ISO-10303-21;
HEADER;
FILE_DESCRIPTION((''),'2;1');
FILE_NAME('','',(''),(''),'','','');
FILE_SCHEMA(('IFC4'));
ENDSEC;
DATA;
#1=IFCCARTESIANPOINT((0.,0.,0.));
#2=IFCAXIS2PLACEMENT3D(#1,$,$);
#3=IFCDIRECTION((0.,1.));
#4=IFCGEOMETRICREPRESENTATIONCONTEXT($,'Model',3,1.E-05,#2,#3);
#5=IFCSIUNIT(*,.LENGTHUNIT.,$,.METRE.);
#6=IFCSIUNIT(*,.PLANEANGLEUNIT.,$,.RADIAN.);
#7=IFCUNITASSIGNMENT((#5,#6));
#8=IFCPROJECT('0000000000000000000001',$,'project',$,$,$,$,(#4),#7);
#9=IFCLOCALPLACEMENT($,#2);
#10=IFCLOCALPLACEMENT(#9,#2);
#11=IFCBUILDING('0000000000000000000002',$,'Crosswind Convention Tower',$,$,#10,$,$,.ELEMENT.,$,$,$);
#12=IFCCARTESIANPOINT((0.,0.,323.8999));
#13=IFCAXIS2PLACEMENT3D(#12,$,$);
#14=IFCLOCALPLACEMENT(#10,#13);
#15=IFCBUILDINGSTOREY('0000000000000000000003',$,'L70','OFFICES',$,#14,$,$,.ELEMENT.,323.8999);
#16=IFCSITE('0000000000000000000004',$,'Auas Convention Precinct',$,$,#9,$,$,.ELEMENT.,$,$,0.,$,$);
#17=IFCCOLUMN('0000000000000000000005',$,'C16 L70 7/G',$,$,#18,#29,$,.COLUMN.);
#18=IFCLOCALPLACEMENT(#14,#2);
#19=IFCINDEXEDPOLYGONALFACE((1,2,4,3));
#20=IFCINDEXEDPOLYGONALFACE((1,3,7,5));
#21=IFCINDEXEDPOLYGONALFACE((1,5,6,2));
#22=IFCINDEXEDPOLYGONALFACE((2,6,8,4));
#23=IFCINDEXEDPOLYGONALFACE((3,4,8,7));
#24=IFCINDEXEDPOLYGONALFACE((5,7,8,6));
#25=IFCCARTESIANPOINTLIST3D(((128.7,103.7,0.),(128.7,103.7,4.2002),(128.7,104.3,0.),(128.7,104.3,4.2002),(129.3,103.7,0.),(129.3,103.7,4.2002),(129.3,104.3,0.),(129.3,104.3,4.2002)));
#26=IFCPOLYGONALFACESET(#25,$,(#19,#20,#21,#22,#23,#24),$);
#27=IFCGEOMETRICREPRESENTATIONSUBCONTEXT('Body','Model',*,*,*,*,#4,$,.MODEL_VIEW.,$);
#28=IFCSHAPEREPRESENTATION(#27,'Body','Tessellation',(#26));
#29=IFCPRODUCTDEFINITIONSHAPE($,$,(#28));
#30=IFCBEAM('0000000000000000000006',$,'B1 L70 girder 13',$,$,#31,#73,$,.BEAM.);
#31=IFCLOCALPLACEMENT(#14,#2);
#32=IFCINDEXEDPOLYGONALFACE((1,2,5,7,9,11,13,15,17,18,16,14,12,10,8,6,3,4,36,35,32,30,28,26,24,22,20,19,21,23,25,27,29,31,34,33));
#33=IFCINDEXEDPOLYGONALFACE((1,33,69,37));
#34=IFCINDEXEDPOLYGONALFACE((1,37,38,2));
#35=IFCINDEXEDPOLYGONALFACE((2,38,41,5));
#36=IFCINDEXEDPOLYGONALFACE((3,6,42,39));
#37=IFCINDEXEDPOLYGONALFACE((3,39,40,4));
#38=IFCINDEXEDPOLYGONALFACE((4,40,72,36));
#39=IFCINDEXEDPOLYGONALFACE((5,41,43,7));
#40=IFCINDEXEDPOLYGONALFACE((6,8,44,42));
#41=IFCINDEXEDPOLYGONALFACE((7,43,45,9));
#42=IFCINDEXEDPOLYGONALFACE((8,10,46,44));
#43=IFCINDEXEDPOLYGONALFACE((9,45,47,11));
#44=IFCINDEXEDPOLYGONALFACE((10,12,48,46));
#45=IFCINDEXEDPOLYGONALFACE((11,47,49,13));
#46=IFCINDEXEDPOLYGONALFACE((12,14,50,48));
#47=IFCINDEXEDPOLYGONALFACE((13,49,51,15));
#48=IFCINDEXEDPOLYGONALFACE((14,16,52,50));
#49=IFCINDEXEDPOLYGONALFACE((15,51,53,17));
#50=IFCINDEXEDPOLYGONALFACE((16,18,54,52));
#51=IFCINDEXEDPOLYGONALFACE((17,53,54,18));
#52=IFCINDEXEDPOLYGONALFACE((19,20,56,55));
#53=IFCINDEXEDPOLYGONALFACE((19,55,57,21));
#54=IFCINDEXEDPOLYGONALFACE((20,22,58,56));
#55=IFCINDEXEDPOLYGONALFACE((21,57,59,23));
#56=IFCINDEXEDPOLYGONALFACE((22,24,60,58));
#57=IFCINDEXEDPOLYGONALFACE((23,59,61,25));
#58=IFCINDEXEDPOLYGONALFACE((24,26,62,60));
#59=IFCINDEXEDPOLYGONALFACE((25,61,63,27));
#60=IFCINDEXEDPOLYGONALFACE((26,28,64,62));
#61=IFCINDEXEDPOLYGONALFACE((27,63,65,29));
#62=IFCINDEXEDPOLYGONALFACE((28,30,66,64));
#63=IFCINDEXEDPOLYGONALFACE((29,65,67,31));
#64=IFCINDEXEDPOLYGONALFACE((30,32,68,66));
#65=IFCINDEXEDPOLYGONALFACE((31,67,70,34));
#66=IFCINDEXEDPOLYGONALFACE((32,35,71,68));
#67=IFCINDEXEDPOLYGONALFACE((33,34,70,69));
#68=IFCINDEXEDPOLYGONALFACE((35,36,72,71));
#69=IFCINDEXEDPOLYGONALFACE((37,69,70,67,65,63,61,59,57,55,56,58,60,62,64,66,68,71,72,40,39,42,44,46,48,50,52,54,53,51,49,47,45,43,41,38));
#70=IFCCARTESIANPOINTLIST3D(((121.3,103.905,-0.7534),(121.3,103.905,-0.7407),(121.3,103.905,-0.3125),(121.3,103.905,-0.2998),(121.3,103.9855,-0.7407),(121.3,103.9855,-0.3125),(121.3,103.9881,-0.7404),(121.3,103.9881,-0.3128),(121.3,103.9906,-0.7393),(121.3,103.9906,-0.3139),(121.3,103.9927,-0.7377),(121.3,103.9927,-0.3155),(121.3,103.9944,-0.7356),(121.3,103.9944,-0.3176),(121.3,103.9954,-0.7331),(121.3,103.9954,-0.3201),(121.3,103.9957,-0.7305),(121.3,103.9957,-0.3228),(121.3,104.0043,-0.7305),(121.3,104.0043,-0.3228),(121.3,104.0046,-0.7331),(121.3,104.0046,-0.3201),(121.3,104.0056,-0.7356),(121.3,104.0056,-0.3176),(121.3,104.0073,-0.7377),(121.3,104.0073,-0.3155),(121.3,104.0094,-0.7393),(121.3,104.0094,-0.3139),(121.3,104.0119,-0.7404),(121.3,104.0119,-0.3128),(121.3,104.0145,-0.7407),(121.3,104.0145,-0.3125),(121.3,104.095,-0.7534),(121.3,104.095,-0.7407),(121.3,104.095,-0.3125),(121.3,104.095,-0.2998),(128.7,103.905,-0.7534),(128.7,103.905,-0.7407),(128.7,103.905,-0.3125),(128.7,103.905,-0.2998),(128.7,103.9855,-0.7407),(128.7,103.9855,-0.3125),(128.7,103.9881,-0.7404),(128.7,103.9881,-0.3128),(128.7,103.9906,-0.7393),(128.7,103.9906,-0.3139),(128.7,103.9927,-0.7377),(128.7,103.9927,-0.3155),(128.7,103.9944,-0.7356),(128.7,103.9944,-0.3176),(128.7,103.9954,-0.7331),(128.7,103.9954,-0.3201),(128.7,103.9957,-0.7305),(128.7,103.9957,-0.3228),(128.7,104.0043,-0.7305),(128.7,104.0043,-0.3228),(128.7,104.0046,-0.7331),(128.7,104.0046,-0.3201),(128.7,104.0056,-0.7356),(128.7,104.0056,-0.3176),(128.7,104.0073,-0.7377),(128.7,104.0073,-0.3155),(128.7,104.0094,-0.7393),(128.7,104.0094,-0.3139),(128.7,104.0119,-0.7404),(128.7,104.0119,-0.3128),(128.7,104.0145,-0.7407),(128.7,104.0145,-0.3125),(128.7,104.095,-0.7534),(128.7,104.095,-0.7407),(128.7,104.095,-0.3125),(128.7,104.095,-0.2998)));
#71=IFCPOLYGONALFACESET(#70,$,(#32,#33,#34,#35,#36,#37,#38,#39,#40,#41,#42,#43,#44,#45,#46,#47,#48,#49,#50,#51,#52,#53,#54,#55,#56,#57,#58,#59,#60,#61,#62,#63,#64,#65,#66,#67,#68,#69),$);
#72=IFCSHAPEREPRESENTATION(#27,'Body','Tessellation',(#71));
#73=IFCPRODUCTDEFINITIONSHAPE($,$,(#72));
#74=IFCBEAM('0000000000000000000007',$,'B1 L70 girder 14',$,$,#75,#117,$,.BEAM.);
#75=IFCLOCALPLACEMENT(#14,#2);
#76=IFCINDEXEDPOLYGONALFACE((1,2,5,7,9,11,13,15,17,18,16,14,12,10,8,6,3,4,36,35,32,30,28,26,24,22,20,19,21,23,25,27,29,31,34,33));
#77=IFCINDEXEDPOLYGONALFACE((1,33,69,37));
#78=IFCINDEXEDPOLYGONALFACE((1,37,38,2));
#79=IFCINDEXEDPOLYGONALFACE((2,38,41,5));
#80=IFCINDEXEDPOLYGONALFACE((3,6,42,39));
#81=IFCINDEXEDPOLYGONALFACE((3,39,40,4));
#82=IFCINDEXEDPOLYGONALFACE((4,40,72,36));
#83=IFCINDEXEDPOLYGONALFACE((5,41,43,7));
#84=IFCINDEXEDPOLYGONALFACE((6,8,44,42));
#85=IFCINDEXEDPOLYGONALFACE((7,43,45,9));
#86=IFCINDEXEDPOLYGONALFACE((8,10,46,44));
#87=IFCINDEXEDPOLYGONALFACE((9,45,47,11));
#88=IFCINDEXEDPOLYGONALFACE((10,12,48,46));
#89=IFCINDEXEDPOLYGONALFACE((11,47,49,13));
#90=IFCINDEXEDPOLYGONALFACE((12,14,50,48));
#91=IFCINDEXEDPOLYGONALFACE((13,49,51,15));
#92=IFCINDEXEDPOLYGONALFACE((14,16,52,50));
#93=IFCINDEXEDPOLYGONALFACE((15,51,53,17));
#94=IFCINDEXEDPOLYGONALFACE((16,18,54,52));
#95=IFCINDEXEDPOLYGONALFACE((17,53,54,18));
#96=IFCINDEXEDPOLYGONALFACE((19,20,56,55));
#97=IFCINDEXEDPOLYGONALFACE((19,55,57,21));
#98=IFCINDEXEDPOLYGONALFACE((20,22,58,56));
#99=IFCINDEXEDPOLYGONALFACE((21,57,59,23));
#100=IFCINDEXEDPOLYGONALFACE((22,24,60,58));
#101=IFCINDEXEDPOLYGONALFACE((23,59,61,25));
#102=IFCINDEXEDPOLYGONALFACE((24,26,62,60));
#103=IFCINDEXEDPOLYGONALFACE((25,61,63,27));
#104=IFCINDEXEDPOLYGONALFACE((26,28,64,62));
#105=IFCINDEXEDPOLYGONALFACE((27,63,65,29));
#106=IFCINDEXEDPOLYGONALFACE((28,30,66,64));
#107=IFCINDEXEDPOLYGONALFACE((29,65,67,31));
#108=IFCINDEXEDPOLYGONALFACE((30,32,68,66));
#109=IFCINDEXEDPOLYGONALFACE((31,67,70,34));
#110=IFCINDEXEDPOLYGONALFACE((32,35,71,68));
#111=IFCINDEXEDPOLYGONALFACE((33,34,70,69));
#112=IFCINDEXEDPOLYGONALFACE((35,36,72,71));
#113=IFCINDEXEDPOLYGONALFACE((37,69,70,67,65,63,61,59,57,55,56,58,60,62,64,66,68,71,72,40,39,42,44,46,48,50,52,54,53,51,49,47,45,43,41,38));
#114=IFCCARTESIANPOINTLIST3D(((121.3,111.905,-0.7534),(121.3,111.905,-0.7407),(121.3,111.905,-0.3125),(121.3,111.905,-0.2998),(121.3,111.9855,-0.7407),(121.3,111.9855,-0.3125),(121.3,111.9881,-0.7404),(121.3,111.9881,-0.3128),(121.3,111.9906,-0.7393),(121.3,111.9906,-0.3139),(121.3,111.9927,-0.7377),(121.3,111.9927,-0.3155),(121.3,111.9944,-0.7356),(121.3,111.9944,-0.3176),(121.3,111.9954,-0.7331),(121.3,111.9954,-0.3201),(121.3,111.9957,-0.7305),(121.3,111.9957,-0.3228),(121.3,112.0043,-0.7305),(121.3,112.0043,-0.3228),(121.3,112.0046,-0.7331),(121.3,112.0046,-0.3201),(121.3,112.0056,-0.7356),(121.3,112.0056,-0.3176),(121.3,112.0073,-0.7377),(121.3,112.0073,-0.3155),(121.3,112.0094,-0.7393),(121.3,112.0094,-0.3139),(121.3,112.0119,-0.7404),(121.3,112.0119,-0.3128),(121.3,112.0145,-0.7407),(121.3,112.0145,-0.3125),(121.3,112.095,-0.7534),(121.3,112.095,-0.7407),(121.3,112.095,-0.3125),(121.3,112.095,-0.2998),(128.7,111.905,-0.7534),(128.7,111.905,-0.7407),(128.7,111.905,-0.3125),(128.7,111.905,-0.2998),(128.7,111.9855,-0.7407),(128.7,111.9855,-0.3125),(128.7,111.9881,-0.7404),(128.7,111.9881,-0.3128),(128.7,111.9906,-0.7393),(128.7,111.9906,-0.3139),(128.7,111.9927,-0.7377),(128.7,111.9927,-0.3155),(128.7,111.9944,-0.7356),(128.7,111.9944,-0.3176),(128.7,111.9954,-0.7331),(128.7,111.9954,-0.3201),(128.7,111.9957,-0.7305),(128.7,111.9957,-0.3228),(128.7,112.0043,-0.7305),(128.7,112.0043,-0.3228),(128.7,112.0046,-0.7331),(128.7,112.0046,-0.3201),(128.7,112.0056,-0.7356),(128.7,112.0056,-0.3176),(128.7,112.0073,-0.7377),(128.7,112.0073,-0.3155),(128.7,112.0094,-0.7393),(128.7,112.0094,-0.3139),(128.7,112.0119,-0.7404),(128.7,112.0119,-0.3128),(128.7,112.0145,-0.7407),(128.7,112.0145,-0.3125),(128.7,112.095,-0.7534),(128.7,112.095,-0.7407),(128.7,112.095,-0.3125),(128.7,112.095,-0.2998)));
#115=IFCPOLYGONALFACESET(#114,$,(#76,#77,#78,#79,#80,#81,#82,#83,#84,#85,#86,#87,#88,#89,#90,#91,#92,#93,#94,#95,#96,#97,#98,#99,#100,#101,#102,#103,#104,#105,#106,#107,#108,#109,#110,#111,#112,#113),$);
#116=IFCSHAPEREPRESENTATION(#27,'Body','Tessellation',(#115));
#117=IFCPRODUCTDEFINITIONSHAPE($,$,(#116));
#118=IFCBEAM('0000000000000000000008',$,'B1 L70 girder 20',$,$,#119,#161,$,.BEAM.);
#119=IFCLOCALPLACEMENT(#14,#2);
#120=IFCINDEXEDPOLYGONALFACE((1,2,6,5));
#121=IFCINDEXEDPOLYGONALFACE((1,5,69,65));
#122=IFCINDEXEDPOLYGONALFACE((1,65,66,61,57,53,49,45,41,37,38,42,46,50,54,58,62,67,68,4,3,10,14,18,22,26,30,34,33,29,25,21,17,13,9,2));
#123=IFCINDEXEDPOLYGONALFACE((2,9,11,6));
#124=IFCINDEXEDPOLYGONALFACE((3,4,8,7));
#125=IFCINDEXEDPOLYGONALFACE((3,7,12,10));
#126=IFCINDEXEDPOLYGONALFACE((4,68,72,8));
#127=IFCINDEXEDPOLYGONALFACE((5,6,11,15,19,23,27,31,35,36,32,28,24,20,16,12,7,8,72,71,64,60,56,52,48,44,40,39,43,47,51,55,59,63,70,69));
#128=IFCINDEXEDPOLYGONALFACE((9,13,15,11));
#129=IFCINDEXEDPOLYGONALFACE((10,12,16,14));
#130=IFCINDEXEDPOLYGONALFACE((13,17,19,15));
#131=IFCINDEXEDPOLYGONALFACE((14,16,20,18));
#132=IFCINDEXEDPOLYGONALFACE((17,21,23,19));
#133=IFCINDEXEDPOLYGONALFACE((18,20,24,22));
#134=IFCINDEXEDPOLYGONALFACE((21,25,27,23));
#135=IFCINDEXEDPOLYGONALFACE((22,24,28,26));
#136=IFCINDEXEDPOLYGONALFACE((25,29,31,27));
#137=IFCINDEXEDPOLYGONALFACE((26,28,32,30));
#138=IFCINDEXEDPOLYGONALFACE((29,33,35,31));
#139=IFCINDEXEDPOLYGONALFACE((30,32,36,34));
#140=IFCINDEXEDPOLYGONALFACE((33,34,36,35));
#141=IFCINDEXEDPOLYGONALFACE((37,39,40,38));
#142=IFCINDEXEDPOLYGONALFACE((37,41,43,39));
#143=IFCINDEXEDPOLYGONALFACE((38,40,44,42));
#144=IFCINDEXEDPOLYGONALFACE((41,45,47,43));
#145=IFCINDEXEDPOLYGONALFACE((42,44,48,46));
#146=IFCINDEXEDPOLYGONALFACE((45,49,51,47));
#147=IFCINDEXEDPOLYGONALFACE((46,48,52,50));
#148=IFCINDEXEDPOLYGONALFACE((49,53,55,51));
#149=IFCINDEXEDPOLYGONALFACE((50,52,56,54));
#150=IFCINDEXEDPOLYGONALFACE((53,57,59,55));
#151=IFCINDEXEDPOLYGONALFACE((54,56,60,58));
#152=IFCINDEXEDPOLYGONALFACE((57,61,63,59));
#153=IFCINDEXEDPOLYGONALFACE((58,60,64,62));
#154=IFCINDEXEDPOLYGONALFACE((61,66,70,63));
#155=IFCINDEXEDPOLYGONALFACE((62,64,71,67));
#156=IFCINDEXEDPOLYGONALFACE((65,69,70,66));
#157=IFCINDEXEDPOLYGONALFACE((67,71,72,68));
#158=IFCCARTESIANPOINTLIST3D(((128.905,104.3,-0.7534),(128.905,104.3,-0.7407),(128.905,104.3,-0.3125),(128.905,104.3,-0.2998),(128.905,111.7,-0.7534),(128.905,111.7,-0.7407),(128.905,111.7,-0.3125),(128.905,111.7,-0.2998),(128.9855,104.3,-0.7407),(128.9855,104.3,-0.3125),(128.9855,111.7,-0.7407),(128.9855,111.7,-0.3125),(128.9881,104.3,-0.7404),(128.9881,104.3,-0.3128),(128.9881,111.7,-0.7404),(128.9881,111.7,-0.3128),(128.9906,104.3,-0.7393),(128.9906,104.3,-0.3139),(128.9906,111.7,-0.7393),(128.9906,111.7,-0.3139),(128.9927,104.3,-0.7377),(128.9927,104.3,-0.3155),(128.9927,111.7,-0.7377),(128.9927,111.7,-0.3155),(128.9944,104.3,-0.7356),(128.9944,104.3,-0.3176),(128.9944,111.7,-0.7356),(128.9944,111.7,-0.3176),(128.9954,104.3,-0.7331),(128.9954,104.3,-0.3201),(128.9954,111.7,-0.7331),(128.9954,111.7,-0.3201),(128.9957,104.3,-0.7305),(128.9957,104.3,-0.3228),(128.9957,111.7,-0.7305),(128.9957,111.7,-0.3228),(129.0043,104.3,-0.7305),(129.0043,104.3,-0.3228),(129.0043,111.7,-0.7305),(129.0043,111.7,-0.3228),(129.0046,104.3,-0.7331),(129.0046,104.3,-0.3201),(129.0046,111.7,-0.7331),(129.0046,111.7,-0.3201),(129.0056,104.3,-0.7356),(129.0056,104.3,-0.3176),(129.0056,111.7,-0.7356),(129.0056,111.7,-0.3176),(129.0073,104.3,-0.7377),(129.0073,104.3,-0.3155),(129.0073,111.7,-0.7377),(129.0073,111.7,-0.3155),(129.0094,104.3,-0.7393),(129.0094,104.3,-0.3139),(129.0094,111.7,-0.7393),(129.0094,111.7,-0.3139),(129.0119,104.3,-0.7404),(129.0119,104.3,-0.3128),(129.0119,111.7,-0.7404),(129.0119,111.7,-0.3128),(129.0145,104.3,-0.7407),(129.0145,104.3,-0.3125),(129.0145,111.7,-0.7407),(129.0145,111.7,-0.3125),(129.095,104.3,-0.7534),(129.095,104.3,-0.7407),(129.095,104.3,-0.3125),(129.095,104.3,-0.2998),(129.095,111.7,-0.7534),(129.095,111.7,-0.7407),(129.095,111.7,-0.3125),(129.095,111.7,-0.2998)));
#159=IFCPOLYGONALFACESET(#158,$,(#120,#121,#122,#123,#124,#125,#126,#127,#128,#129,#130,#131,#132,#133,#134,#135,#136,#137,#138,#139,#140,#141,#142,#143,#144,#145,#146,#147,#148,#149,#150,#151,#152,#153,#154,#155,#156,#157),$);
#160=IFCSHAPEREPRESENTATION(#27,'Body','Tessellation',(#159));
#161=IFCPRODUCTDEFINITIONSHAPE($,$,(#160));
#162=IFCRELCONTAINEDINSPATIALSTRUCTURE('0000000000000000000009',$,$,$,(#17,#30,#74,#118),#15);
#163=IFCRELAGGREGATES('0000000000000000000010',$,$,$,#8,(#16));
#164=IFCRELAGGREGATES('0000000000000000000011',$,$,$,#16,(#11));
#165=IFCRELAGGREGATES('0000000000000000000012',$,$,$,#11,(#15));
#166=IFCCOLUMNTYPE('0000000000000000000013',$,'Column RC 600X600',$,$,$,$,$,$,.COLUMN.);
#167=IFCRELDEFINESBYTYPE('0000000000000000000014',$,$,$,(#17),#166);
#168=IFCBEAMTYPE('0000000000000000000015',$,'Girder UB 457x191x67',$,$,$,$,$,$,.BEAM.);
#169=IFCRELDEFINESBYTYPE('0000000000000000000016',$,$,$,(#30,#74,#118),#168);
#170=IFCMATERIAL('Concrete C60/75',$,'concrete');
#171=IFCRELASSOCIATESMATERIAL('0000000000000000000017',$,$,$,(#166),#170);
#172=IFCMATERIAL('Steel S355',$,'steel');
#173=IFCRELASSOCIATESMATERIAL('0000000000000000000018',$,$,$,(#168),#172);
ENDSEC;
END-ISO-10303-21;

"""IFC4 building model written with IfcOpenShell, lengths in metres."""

from ifc_helpers import new_model, si_unit, direction, frame, origin, origin_2d, place, context, subcontext, project, spatial, rectangle, i_section, extrude, material, material_profile, profile_set, type_object, element, save


model = new_model("IFC4")

# Units and contexts
model_context = context("Model", 3, precision=1e-05, world=origin(), true_north=direction((0.0, 1.0)))
body_context = subcontext(model_context, "Body", "Model", "MODEL_VIEW")
ifc_project = project(units=[si_unit("LENGTHUNIT", "METRE"), si_unit("PLANEANGLEUNIT", "RADIAN")], contexts=[model_context])

# Site, building, storey
site_placement = place(None, origin())
site = spatial("IfcSite", under=ifc_project, at=site_placement, Name="Auas Convention Precinct", CompositionType="ELEMENT", RefElevation=0.0)
building_placement = place(site_placement, origin())
building = spatial("IfcBuilding", under=site, at=building_placement, Name="Crosswind Convention Tower", CompositionType="ELEMENT")
storey_placement = place(building_placement, frame((0.0, 0.0, 323.8999)))
storey = spatial("IfcBuildingStorey", under=building, at=storey_placement, Name="L70", Description="OFFICES", CompositionType="ELEMENT", Elevation=323.8999)

# Column
ifc_material_1 = material(Name="Concrete C60/75", Category="concrete")
ifc_material_profile_1 = material_profile(ifc_material_1, rectangle(XDim=0.6001, YDim=0.6001, at=origin_2d()), Name="RC 600X600")
ifc_profile_set_1 = profile_set([ifc_material_profile_1], Name="Concrete C60/75")
column_type = type_object("IfcColumnType", Name="Column RC 600X600", PredefinedType="COLUMN", material=ifc_profile_set_1)
column_placement = place(storey_placement, frame((129.0, 104.0, 0.0), z_axis=(0.0, 0.0, 1.0), x_axis=(1.0, 0.0, 0.0)))
element("IfcColumn", 1, at=column_placement, inside=storey, type_object=column_type, Name="C16 L70 7/G", PredefinedType="COLUMN", context=body_context, shape_type="SweptSolid", body=[
    extrude(rectangle(XDim=0.6001, YDim=0.6001, at=origin_2d()), origin(), (0.0, 0.0, 1.0), 4.2002),
])

# Beams
ifc_material_2 = material(Name="Steel S355", Category="steel")
ifc_material_profile_2 = material_profile(ifc_material_2, i_section(OverallWidth=0.1899, OverallDepth=0.4536, WebThickness=0.0085, FlangeThickness=0.0127, FilletRadius=0.0103, at=origin_2d()), Name="UB 457x191x67")
ifc_profile_set_2 = profile_set([ifc_material_profile_2], Name="Steel S355")
beam_type_1 = type_object("IfcBeamType", Name="Girder UB 457x191x67", PredefinedType="BEAM", material=ifc_profile_set_2)
for number, where, z_axis, x_axis, name in (
    (2, (121.3, 104.0, -0.5266), (1.0, 0.0, 0.0), (0.0, 1.0, 0.0), "B1 L70 girder 13"),
    (3, (121.3, 112.0, -0.5266), (1.0, 0.0, 0.0), (0.0, 1.0, 0.0), "B1 L70 girder 14"),
    (4, (129.0, 104.3, -0.5266), (0.0, 1.0, 0.0), (-1.0, 0.0, 0.0), "B1 L70 girder 20"),
):
    element("IfcBeam", number, at=place(storey_placement, frame(where, z_axis=z_axis, x_axis=x_axis)), inside=storey, type_object=beam_type_1, Name=name, PredefinedType="BEAM", context=body_context, shape_type="SweptSolid", body=[
        extrude(i_section(OverallWidth=0.1899, OverallDepth=0.4536, WebThickness=0.0085, FlangeThickness=0.0127, FilletRadius=0.0103, at=origin_2d()), origin(), (0.0, 0.0, 1.0), 7.3999),
    ])

save(model, "model.ifc")
